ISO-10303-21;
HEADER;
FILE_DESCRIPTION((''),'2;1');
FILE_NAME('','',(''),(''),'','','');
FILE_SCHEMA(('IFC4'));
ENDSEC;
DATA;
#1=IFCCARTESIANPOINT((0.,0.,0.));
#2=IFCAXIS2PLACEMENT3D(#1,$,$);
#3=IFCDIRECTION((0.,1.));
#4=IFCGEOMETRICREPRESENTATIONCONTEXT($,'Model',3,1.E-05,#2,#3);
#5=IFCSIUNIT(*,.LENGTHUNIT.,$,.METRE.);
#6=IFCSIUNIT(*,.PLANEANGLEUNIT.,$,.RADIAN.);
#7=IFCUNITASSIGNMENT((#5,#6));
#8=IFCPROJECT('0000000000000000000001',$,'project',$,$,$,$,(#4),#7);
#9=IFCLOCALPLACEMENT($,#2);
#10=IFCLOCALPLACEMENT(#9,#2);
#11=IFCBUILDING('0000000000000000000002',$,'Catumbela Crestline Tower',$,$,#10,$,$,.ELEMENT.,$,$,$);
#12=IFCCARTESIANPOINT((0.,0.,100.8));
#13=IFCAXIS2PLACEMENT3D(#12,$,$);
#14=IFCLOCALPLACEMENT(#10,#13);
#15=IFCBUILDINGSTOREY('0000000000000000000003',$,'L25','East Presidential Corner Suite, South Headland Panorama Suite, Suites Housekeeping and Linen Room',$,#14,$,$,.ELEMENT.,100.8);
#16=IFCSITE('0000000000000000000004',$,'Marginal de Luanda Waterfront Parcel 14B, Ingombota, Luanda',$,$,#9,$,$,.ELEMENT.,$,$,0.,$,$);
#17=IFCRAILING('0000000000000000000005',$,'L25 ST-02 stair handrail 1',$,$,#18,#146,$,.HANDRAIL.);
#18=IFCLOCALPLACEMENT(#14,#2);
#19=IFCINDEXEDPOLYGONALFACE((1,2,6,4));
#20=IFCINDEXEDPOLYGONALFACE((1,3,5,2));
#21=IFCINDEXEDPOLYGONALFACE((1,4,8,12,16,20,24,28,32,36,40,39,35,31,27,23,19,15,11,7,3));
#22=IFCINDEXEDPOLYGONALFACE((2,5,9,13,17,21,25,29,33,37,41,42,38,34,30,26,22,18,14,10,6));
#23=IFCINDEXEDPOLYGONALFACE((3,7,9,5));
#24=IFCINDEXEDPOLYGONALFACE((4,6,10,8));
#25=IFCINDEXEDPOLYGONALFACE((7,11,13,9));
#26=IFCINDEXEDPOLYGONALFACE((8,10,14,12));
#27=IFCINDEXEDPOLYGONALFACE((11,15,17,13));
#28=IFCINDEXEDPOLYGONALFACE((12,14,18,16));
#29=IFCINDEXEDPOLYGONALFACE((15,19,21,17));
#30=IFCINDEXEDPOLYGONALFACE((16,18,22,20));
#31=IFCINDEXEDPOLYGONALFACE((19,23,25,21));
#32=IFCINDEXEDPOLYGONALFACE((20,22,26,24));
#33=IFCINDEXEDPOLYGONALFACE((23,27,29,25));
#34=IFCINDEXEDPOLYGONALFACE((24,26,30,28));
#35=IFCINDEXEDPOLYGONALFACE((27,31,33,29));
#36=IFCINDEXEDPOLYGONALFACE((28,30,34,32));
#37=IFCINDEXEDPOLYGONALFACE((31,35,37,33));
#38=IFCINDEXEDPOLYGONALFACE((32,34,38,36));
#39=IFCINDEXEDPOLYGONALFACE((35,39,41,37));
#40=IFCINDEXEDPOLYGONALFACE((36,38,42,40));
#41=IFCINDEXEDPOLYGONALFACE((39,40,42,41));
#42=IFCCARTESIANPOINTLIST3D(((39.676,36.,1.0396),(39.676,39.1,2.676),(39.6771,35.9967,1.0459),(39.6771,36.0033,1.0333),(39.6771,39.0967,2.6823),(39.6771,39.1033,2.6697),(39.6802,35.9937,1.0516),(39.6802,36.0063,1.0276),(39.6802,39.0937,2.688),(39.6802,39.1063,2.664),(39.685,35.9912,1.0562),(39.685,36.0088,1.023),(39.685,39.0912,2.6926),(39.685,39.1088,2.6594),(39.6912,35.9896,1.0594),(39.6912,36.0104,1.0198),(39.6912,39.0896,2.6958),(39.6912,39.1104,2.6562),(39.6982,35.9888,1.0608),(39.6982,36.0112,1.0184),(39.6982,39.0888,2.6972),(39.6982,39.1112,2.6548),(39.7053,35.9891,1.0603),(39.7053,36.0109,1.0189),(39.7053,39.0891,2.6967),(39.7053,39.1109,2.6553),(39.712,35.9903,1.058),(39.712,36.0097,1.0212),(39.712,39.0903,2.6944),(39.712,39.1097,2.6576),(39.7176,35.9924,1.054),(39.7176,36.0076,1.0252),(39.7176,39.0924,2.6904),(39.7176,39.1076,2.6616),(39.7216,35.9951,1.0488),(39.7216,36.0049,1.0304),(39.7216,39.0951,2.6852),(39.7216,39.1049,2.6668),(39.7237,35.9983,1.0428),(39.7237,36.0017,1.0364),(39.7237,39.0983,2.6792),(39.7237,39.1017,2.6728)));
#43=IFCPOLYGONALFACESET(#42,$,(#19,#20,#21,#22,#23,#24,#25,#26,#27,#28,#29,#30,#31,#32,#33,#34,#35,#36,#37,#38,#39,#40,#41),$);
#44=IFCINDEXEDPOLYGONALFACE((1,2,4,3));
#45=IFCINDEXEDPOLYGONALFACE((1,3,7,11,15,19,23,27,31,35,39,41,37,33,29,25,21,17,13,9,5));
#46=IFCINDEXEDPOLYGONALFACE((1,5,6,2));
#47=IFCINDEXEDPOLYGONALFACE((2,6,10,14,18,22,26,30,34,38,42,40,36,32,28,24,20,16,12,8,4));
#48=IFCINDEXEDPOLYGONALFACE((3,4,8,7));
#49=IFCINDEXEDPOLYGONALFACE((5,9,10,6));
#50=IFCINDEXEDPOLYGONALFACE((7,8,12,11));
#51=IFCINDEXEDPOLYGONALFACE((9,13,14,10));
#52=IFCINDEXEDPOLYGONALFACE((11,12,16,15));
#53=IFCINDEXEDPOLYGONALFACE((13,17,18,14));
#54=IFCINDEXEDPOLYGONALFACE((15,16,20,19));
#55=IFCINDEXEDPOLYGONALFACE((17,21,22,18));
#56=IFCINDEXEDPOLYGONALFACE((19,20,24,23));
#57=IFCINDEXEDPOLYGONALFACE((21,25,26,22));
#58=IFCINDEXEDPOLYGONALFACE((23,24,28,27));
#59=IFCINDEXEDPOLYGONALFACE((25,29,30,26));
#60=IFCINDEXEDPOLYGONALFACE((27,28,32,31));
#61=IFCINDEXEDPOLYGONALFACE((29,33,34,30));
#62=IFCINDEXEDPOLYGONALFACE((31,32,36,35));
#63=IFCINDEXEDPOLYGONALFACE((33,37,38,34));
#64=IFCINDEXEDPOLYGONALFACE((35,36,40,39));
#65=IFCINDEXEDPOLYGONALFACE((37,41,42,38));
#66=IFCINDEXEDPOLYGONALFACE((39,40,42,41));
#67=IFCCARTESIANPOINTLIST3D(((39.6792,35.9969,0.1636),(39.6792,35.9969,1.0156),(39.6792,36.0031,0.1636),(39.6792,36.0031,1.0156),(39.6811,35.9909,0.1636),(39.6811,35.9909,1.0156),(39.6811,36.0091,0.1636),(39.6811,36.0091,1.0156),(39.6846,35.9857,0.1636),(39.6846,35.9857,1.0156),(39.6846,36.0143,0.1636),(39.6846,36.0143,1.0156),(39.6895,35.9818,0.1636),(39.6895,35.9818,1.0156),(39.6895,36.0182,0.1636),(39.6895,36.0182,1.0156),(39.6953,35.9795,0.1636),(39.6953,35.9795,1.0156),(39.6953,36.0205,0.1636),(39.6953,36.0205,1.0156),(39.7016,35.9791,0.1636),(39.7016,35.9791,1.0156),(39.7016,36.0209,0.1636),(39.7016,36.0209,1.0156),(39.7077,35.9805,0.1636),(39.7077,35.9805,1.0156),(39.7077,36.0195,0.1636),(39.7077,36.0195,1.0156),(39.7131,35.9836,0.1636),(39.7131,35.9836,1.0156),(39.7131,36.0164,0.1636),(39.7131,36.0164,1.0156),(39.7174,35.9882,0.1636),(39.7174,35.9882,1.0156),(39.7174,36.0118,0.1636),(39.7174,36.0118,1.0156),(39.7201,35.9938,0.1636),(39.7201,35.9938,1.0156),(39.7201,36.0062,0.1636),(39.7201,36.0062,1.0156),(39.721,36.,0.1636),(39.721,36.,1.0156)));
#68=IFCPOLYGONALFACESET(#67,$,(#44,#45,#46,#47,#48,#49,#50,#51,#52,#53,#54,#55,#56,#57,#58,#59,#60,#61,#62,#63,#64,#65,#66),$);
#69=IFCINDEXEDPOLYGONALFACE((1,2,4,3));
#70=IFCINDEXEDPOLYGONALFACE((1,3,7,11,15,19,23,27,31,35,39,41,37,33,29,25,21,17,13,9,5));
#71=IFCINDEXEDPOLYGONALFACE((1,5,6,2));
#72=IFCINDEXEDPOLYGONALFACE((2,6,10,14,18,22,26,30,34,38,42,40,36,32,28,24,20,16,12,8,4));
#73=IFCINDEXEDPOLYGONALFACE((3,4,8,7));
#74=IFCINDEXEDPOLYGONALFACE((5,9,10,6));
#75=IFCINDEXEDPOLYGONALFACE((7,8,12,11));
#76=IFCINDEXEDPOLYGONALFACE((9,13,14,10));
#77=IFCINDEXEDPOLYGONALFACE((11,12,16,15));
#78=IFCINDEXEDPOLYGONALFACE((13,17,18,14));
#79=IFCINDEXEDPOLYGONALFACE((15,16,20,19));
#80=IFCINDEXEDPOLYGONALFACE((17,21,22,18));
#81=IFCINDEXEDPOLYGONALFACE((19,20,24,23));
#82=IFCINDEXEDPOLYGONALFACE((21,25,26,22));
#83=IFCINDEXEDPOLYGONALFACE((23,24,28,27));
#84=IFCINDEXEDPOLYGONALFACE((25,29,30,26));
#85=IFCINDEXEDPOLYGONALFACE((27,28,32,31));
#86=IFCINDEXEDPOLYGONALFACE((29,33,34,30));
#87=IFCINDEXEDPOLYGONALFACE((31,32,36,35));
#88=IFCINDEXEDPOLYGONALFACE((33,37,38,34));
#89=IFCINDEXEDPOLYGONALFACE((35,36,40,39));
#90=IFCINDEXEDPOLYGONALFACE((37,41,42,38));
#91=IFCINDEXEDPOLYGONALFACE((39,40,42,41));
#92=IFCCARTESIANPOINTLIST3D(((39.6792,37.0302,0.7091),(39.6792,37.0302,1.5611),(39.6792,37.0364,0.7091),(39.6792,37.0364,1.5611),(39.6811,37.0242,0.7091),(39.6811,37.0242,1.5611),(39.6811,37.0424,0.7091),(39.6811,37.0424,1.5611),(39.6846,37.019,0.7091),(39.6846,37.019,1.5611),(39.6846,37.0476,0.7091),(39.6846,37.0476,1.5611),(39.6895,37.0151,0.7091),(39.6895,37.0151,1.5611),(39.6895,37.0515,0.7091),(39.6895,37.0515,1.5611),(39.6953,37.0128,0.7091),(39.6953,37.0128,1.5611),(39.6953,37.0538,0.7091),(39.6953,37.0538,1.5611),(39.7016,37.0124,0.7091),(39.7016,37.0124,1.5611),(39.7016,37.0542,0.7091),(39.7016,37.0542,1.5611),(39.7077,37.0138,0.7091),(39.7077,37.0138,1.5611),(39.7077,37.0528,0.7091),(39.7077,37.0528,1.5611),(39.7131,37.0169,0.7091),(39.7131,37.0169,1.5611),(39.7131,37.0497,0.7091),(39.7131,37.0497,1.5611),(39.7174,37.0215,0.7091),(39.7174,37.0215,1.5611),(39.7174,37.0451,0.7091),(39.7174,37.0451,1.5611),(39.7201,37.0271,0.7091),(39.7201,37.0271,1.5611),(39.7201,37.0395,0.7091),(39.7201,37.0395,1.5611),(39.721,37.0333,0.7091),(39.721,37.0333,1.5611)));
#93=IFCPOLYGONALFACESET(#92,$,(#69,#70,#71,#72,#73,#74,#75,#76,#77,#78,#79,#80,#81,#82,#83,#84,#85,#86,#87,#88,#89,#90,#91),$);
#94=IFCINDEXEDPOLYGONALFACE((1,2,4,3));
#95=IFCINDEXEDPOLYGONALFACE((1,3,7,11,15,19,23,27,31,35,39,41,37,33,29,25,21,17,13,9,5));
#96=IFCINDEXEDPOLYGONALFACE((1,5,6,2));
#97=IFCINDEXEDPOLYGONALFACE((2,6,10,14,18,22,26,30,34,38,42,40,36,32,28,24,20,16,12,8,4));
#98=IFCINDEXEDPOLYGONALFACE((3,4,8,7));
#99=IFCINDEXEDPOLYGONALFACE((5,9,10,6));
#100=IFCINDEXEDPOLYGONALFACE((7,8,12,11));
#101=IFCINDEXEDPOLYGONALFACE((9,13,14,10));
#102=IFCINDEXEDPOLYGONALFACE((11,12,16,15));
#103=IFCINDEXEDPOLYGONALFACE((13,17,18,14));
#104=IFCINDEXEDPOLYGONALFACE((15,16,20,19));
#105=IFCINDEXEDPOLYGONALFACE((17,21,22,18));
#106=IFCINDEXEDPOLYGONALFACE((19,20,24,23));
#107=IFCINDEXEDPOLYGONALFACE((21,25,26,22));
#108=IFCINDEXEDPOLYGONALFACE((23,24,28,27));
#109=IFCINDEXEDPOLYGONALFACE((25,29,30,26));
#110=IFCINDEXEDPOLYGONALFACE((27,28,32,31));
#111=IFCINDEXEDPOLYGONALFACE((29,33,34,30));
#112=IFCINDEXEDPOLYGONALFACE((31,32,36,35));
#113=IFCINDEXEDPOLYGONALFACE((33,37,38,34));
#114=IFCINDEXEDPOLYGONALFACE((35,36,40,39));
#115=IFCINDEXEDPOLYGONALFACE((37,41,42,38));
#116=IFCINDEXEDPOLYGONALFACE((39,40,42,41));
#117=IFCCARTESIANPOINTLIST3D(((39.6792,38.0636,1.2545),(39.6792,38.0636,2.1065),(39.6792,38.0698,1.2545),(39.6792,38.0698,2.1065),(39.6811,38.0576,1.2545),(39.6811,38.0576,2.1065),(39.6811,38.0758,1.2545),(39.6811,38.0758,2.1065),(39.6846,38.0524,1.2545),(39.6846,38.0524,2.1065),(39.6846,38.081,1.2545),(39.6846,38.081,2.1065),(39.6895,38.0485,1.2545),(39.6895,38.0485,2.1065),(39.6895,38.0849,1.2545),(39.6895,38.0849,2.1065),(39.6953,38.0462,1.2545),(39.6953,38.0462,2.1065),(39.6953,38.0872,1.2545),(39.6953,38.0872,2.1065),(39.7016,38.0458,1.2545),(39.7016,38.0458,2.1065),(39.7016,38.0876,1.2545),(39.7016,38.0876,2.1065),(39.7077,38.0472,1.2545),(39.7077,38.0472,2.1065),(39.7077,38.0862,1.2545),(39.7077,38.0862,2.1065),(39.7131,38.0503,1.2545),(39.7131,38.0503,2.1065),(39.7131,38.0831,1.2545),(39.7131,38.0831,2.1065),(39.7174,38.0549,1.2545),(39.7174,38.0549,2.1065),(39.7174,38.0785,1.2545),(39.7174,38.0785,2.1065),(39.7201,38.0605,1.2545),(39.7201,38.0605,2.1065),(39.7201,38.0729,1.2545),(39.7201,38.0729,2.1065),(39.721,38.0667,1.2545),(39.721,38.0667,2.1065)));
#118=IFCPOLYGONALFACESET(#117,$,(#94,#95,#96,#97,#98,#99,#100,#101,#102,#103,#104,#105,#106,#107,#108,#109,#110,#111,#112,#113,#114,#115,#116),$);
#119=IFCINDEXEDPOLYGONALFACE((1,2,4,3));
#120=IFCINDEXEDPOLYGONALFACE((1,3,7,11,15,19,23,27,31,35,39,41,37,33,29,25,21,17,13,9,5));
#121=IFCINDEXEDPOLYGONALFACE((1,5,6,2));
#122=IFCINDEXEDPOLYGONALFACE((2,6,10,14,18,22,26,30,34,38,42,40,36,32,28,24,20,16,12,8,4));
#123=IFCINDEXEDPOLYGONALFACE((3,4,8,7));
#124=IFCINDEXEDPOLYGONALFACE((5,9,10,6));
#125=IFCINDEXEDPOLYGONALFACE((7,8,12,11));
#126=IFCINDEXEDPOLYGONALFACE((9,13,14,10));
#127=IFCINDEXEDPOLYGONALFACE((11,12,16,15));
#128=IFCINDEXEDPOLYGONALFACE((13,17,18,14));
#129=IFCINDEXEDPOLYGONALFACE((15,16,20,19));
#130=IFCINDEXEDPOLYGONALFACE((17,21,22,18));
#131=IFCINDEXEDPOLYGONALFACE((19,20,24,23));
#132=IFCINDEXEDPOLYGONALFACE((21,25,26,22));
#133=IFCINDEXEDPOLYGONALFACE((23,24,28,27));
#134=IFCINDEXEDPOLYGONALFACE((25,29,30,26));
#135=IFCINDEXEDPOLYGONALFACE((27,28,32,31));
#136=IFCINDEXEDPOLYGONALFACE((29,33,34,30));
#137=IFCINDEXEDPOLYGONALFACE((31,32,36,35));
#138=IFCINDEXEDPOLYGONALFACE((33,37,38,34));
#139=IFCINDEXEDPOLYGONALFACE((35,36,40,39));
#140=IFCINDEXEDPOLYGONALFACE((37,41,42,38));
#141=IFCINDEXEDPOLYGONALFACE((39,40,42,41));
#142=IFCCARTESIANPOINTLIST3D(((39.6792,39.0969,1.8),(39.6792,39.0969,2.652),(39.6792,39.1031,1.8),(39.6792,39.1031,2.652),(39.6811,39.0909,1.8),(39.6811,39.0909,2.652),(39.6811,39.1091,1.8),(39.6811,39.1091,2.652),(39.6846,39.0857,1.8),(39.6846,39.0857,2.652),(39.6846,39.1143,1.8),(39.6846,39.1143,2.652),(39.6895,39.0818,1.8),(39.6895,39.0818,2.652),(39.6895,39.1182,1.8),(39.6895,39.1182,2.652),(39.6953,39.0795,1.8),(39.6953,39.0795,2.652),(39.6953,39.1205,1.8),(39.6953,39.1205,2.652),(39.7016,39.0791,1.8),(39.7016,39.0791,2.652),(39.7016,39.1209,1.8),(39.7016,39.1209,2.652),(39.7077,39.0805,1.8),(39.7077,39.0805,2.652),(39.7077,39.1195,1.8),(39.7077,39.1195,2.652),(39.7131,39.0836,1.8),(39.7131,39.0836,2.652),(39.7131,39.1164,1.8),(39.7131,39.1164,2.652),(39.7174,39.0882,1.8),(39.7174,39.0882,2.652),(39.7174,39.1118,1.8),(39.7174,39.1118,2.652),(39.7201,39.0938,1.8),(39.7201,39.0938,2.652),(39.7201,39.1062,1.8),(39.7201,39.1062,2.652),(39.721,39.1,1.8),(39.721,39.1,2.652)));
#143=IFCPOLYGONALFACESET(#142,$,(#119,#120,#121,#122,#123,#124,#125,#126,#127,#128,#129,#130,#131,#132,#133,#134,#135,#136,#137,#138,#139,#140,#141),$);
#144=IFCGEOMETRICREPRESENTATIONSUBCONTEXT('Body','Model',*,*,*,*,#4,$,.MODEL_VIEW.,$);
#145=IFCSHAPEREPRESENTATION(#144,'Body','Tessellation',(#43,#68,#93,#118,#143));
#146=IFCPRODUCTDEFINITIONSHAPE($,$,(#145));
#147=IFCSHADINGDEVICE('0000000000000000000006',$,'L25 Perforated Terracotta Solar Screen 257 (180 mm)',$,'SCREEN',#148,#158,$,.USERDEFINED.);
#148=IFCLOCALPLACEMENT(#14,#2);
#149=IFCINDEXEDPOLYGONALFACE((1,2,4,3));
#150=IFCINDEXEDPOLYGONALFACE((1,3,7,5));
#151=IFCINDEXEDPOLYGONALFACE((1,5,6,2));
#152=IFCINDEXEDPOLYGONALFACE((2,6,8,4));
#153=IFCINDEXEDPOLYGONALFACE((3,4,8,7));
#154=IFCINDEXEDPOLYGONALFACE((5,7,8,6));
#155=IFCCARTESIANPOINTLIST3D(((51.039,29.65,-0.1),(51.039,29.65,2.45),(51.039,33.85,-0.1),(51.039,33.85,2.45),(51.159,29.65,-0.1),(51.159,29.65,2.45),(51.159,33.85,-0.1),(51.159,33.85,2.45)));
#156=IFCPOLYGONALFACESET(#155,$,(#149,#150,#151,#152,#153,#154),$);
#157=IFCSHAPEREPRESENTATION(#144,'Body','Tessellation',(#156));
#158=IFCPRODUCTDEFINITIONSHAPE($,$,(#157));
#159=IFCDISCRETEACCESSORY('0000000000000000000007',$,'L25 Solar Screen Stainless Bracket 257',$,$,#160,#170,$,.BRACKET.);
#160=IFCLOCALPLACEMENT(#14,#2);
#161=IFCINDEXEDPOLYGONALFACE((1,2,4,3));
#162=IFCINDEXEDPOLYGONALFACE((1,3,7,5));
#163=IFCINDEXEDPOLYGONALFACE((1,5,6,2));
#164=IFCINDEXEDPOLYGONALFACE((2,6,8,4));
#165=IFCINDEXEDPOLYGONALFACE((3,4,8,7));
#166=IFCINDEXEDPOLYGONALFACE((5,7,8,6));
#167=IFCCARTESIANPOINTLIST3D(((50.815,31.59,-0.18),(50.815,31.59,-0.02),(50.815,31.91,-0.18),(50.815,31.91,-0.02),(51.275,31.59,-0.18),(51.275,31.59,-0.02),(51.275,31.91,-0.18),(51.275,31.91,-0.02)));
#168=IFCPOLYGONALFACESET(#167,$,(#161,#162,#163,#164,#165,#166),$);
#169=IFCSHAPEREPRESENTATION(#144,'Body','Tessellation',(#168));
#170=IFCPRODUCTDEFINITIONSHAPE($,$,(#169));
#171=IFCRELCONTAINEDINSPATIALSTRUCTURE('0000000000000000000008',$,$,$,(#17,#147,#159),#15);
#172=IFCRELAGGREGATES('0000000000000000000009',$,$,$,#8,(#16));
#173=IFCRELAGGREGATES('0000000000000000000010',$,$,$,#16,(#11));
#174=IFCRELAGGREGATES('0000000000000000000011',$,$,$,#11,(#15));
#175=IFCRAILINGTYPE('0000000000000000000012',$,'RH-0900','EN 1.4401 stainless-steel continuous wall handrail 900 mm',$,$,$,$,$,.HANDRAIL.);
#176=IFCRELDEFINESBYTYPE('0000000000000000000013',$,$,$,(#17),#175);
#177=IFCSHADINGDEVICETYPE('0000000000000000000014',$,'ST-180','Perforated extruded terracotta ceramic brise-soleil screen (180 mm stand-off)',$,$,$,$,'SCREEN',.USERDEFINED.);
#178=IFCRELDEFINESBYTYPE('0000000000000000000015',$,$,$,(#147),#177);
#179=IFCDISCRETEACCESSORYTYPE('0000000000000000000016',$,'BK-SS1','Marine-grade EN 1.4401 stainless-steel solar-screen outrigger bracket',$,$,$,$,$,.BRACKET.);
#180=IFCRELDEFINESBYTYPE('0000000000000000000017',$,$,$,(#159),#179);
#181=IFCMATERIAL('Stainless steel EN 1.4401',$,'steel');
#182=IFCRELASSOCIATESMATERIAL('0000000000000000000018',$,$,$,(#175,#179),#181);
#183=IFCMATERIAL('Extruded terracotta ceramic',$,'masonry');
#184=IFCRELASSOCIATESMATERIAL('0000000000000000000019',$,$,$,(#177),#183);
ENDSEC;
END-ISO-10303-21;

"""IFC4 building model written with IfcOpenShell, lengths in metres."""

from ifc_helpers import new_model, si_unit, direction, frame, origin, origin_2d, place, context, subcontext, project, spatial, rectangle, circle, extrude, material, type_object, element, save


model = new_model("IFC4")

# Units and contexts
model_context = context("Model", 3, precision=1e-05, world=origin(), true_north=direction((0.0, 1.0)))
body_context = subcontext(model_context, "Body", "Model", "MODEL_VIEW")
ifc_project = project(units=[si_unit("LENGTHUNIT", "METRE"), si_unit("PLANEANGLEUNIT", "RADIAN")], contexts=[model_context])

# Site, building, storey
site_placement = place(None, origin())
site = spatial("IfcSite", under=ifc_project, at=site_placement, Name="Marginal de Luanda Waterfront Parcel 14B, Ingombota, Luanda", CompositionType="ELEMENT", RefElevation=0.0)
building_placement = place(site_placement, origin())
building = spatial("IfcBuilding", under=site, at=building_placement, Name="Catumbela Crestline Tower", CompositionType="ELEMENT")
storey_placement = place(building_placement, frame((0.0, 0.0, 100.8)))
storey = spatial("IfcBuildingStorey", under=building, at=storey_placement, Name="L25", Description="East Presidential Corner Suite, South Headland Panorama Suite, Suites Housekeeping and Linen Room", CompositionType="ELEMENT", Elevation=100.8)

# Railing
ifc_material_1 = material(Name="Stainless steel EN 1.4401", Category="steel")
railing_type = type_object("IfcRailingType", Name="RH-0900", Description="EN 1.4401 stainless-steel continuous wall handrail 900 mm", PredefinedType="HANDRAIL", material=ifc_material_1)
railing_placement = place(storey_placement, frame((39.7, 36.0, 0.1636)))
element("IfcRailing", 1, at=railing_placement, inside=storey, type_object=railing_type, Name="L25 ST-02 stair handrail 1", PredefinedType="HANDRAIL", context=body_context, shape_type="SweptSolid", body=[
    extrude(circle(Radius=0.024, at=origin_2d()), frame((0.0, 0.0, 0.876), z_axis=(0.0, 0.884351, 0.466823), x_axis=(-1.0, 0.0, 0.0)), (0.0, 0.0, 1.0), 3.5054),
    extrude(circle(Radius=0.021, at=origin_2d()), origin(), (0.0, 0.0, 1.0), 0.852),
    extrude(circle(Radius=0.021, at=origin_2d()), frame((0.0, 1.0333, 0.5455)), (0.0, 0.0, 1.0), 0.852),
    extrude(circle(Radius=0.021, at=origin_2d()), frame((0.0, 2.0667, 1.0909)), (0.0, 0.0, 1.0), 0.852),
    extrude(circle(Radius=0.021, at=origin_2d()), frame((0.0, 3.1, 1.6364)), (0.0, 0.0, 1.0), 0.852),
])

# Shading device
ifc_material_2 = material(Name="Extruded terracotta ceramic", Category="masonry")
shading_device_type = type_object("IfcShadingDeviceType", Name="ST-180", Description="Perforated extruded terracotta ceramic brise-soleil screen (180 mm stand-off)", ElementType="SCREEN", PredefinedType="USERDEFINED", material=ifc_material_2)
shading_device_placement = place(storey_placement, frame((51.099, 31.75, -0.1), z_axis=(0.0, 0.0, 1.0), x_axis=(0.0, 1.0, 0.0)))
element("IfcShadingDevice", 2, at=shading_device_placement, inside=storey, type_object=shading_device_type, Name="L25 Perforated Terracotta Solar Screen 257 (180 mm)", ObjectType="SCREEN", PredefinedType="USERDEFINED", context=body_context, shape_type="SweptSolid", body=[
    extrude(rectangle(XDim=4.2, YDim=0.12, at=origin_2d()), origin(), (0.0, 0.0, 1.0), 2.55),
])

# Discrete accessory
discrete_accessory_type = type_object("IfcDiscreteAccessoryType", Name="BK-SS1", Description="Marine-grade EN 1.4401 stainless-steel solar-screen outrigger bracket", PredefinedType="BRACKET", material=ifc_material_1)
discrete_accessory_placement = place(storey_placement, frame((51.045, 31.75, -0.18), z_axis=(0.0, 0.0, 1.0), x_axis=(0.0, 1.0, 0.0)))
element("IfcDiscreteAccessory", 3, at=discrete_accessory_placement, inside=storey, type_object=discrete_accessory_type, Name="L25 Solar Screen Stainless Bracket 257", PredefinedType="BRACKET", context=body_context, shape_type="SweptSolid", body=[
    extrude(rectangle(XDim=0.32, YDim=0.46, at=origin_2d()), origin(), (0.0, 0.0, 1.0), 0.16),
])

save(model, "model.ifc")
